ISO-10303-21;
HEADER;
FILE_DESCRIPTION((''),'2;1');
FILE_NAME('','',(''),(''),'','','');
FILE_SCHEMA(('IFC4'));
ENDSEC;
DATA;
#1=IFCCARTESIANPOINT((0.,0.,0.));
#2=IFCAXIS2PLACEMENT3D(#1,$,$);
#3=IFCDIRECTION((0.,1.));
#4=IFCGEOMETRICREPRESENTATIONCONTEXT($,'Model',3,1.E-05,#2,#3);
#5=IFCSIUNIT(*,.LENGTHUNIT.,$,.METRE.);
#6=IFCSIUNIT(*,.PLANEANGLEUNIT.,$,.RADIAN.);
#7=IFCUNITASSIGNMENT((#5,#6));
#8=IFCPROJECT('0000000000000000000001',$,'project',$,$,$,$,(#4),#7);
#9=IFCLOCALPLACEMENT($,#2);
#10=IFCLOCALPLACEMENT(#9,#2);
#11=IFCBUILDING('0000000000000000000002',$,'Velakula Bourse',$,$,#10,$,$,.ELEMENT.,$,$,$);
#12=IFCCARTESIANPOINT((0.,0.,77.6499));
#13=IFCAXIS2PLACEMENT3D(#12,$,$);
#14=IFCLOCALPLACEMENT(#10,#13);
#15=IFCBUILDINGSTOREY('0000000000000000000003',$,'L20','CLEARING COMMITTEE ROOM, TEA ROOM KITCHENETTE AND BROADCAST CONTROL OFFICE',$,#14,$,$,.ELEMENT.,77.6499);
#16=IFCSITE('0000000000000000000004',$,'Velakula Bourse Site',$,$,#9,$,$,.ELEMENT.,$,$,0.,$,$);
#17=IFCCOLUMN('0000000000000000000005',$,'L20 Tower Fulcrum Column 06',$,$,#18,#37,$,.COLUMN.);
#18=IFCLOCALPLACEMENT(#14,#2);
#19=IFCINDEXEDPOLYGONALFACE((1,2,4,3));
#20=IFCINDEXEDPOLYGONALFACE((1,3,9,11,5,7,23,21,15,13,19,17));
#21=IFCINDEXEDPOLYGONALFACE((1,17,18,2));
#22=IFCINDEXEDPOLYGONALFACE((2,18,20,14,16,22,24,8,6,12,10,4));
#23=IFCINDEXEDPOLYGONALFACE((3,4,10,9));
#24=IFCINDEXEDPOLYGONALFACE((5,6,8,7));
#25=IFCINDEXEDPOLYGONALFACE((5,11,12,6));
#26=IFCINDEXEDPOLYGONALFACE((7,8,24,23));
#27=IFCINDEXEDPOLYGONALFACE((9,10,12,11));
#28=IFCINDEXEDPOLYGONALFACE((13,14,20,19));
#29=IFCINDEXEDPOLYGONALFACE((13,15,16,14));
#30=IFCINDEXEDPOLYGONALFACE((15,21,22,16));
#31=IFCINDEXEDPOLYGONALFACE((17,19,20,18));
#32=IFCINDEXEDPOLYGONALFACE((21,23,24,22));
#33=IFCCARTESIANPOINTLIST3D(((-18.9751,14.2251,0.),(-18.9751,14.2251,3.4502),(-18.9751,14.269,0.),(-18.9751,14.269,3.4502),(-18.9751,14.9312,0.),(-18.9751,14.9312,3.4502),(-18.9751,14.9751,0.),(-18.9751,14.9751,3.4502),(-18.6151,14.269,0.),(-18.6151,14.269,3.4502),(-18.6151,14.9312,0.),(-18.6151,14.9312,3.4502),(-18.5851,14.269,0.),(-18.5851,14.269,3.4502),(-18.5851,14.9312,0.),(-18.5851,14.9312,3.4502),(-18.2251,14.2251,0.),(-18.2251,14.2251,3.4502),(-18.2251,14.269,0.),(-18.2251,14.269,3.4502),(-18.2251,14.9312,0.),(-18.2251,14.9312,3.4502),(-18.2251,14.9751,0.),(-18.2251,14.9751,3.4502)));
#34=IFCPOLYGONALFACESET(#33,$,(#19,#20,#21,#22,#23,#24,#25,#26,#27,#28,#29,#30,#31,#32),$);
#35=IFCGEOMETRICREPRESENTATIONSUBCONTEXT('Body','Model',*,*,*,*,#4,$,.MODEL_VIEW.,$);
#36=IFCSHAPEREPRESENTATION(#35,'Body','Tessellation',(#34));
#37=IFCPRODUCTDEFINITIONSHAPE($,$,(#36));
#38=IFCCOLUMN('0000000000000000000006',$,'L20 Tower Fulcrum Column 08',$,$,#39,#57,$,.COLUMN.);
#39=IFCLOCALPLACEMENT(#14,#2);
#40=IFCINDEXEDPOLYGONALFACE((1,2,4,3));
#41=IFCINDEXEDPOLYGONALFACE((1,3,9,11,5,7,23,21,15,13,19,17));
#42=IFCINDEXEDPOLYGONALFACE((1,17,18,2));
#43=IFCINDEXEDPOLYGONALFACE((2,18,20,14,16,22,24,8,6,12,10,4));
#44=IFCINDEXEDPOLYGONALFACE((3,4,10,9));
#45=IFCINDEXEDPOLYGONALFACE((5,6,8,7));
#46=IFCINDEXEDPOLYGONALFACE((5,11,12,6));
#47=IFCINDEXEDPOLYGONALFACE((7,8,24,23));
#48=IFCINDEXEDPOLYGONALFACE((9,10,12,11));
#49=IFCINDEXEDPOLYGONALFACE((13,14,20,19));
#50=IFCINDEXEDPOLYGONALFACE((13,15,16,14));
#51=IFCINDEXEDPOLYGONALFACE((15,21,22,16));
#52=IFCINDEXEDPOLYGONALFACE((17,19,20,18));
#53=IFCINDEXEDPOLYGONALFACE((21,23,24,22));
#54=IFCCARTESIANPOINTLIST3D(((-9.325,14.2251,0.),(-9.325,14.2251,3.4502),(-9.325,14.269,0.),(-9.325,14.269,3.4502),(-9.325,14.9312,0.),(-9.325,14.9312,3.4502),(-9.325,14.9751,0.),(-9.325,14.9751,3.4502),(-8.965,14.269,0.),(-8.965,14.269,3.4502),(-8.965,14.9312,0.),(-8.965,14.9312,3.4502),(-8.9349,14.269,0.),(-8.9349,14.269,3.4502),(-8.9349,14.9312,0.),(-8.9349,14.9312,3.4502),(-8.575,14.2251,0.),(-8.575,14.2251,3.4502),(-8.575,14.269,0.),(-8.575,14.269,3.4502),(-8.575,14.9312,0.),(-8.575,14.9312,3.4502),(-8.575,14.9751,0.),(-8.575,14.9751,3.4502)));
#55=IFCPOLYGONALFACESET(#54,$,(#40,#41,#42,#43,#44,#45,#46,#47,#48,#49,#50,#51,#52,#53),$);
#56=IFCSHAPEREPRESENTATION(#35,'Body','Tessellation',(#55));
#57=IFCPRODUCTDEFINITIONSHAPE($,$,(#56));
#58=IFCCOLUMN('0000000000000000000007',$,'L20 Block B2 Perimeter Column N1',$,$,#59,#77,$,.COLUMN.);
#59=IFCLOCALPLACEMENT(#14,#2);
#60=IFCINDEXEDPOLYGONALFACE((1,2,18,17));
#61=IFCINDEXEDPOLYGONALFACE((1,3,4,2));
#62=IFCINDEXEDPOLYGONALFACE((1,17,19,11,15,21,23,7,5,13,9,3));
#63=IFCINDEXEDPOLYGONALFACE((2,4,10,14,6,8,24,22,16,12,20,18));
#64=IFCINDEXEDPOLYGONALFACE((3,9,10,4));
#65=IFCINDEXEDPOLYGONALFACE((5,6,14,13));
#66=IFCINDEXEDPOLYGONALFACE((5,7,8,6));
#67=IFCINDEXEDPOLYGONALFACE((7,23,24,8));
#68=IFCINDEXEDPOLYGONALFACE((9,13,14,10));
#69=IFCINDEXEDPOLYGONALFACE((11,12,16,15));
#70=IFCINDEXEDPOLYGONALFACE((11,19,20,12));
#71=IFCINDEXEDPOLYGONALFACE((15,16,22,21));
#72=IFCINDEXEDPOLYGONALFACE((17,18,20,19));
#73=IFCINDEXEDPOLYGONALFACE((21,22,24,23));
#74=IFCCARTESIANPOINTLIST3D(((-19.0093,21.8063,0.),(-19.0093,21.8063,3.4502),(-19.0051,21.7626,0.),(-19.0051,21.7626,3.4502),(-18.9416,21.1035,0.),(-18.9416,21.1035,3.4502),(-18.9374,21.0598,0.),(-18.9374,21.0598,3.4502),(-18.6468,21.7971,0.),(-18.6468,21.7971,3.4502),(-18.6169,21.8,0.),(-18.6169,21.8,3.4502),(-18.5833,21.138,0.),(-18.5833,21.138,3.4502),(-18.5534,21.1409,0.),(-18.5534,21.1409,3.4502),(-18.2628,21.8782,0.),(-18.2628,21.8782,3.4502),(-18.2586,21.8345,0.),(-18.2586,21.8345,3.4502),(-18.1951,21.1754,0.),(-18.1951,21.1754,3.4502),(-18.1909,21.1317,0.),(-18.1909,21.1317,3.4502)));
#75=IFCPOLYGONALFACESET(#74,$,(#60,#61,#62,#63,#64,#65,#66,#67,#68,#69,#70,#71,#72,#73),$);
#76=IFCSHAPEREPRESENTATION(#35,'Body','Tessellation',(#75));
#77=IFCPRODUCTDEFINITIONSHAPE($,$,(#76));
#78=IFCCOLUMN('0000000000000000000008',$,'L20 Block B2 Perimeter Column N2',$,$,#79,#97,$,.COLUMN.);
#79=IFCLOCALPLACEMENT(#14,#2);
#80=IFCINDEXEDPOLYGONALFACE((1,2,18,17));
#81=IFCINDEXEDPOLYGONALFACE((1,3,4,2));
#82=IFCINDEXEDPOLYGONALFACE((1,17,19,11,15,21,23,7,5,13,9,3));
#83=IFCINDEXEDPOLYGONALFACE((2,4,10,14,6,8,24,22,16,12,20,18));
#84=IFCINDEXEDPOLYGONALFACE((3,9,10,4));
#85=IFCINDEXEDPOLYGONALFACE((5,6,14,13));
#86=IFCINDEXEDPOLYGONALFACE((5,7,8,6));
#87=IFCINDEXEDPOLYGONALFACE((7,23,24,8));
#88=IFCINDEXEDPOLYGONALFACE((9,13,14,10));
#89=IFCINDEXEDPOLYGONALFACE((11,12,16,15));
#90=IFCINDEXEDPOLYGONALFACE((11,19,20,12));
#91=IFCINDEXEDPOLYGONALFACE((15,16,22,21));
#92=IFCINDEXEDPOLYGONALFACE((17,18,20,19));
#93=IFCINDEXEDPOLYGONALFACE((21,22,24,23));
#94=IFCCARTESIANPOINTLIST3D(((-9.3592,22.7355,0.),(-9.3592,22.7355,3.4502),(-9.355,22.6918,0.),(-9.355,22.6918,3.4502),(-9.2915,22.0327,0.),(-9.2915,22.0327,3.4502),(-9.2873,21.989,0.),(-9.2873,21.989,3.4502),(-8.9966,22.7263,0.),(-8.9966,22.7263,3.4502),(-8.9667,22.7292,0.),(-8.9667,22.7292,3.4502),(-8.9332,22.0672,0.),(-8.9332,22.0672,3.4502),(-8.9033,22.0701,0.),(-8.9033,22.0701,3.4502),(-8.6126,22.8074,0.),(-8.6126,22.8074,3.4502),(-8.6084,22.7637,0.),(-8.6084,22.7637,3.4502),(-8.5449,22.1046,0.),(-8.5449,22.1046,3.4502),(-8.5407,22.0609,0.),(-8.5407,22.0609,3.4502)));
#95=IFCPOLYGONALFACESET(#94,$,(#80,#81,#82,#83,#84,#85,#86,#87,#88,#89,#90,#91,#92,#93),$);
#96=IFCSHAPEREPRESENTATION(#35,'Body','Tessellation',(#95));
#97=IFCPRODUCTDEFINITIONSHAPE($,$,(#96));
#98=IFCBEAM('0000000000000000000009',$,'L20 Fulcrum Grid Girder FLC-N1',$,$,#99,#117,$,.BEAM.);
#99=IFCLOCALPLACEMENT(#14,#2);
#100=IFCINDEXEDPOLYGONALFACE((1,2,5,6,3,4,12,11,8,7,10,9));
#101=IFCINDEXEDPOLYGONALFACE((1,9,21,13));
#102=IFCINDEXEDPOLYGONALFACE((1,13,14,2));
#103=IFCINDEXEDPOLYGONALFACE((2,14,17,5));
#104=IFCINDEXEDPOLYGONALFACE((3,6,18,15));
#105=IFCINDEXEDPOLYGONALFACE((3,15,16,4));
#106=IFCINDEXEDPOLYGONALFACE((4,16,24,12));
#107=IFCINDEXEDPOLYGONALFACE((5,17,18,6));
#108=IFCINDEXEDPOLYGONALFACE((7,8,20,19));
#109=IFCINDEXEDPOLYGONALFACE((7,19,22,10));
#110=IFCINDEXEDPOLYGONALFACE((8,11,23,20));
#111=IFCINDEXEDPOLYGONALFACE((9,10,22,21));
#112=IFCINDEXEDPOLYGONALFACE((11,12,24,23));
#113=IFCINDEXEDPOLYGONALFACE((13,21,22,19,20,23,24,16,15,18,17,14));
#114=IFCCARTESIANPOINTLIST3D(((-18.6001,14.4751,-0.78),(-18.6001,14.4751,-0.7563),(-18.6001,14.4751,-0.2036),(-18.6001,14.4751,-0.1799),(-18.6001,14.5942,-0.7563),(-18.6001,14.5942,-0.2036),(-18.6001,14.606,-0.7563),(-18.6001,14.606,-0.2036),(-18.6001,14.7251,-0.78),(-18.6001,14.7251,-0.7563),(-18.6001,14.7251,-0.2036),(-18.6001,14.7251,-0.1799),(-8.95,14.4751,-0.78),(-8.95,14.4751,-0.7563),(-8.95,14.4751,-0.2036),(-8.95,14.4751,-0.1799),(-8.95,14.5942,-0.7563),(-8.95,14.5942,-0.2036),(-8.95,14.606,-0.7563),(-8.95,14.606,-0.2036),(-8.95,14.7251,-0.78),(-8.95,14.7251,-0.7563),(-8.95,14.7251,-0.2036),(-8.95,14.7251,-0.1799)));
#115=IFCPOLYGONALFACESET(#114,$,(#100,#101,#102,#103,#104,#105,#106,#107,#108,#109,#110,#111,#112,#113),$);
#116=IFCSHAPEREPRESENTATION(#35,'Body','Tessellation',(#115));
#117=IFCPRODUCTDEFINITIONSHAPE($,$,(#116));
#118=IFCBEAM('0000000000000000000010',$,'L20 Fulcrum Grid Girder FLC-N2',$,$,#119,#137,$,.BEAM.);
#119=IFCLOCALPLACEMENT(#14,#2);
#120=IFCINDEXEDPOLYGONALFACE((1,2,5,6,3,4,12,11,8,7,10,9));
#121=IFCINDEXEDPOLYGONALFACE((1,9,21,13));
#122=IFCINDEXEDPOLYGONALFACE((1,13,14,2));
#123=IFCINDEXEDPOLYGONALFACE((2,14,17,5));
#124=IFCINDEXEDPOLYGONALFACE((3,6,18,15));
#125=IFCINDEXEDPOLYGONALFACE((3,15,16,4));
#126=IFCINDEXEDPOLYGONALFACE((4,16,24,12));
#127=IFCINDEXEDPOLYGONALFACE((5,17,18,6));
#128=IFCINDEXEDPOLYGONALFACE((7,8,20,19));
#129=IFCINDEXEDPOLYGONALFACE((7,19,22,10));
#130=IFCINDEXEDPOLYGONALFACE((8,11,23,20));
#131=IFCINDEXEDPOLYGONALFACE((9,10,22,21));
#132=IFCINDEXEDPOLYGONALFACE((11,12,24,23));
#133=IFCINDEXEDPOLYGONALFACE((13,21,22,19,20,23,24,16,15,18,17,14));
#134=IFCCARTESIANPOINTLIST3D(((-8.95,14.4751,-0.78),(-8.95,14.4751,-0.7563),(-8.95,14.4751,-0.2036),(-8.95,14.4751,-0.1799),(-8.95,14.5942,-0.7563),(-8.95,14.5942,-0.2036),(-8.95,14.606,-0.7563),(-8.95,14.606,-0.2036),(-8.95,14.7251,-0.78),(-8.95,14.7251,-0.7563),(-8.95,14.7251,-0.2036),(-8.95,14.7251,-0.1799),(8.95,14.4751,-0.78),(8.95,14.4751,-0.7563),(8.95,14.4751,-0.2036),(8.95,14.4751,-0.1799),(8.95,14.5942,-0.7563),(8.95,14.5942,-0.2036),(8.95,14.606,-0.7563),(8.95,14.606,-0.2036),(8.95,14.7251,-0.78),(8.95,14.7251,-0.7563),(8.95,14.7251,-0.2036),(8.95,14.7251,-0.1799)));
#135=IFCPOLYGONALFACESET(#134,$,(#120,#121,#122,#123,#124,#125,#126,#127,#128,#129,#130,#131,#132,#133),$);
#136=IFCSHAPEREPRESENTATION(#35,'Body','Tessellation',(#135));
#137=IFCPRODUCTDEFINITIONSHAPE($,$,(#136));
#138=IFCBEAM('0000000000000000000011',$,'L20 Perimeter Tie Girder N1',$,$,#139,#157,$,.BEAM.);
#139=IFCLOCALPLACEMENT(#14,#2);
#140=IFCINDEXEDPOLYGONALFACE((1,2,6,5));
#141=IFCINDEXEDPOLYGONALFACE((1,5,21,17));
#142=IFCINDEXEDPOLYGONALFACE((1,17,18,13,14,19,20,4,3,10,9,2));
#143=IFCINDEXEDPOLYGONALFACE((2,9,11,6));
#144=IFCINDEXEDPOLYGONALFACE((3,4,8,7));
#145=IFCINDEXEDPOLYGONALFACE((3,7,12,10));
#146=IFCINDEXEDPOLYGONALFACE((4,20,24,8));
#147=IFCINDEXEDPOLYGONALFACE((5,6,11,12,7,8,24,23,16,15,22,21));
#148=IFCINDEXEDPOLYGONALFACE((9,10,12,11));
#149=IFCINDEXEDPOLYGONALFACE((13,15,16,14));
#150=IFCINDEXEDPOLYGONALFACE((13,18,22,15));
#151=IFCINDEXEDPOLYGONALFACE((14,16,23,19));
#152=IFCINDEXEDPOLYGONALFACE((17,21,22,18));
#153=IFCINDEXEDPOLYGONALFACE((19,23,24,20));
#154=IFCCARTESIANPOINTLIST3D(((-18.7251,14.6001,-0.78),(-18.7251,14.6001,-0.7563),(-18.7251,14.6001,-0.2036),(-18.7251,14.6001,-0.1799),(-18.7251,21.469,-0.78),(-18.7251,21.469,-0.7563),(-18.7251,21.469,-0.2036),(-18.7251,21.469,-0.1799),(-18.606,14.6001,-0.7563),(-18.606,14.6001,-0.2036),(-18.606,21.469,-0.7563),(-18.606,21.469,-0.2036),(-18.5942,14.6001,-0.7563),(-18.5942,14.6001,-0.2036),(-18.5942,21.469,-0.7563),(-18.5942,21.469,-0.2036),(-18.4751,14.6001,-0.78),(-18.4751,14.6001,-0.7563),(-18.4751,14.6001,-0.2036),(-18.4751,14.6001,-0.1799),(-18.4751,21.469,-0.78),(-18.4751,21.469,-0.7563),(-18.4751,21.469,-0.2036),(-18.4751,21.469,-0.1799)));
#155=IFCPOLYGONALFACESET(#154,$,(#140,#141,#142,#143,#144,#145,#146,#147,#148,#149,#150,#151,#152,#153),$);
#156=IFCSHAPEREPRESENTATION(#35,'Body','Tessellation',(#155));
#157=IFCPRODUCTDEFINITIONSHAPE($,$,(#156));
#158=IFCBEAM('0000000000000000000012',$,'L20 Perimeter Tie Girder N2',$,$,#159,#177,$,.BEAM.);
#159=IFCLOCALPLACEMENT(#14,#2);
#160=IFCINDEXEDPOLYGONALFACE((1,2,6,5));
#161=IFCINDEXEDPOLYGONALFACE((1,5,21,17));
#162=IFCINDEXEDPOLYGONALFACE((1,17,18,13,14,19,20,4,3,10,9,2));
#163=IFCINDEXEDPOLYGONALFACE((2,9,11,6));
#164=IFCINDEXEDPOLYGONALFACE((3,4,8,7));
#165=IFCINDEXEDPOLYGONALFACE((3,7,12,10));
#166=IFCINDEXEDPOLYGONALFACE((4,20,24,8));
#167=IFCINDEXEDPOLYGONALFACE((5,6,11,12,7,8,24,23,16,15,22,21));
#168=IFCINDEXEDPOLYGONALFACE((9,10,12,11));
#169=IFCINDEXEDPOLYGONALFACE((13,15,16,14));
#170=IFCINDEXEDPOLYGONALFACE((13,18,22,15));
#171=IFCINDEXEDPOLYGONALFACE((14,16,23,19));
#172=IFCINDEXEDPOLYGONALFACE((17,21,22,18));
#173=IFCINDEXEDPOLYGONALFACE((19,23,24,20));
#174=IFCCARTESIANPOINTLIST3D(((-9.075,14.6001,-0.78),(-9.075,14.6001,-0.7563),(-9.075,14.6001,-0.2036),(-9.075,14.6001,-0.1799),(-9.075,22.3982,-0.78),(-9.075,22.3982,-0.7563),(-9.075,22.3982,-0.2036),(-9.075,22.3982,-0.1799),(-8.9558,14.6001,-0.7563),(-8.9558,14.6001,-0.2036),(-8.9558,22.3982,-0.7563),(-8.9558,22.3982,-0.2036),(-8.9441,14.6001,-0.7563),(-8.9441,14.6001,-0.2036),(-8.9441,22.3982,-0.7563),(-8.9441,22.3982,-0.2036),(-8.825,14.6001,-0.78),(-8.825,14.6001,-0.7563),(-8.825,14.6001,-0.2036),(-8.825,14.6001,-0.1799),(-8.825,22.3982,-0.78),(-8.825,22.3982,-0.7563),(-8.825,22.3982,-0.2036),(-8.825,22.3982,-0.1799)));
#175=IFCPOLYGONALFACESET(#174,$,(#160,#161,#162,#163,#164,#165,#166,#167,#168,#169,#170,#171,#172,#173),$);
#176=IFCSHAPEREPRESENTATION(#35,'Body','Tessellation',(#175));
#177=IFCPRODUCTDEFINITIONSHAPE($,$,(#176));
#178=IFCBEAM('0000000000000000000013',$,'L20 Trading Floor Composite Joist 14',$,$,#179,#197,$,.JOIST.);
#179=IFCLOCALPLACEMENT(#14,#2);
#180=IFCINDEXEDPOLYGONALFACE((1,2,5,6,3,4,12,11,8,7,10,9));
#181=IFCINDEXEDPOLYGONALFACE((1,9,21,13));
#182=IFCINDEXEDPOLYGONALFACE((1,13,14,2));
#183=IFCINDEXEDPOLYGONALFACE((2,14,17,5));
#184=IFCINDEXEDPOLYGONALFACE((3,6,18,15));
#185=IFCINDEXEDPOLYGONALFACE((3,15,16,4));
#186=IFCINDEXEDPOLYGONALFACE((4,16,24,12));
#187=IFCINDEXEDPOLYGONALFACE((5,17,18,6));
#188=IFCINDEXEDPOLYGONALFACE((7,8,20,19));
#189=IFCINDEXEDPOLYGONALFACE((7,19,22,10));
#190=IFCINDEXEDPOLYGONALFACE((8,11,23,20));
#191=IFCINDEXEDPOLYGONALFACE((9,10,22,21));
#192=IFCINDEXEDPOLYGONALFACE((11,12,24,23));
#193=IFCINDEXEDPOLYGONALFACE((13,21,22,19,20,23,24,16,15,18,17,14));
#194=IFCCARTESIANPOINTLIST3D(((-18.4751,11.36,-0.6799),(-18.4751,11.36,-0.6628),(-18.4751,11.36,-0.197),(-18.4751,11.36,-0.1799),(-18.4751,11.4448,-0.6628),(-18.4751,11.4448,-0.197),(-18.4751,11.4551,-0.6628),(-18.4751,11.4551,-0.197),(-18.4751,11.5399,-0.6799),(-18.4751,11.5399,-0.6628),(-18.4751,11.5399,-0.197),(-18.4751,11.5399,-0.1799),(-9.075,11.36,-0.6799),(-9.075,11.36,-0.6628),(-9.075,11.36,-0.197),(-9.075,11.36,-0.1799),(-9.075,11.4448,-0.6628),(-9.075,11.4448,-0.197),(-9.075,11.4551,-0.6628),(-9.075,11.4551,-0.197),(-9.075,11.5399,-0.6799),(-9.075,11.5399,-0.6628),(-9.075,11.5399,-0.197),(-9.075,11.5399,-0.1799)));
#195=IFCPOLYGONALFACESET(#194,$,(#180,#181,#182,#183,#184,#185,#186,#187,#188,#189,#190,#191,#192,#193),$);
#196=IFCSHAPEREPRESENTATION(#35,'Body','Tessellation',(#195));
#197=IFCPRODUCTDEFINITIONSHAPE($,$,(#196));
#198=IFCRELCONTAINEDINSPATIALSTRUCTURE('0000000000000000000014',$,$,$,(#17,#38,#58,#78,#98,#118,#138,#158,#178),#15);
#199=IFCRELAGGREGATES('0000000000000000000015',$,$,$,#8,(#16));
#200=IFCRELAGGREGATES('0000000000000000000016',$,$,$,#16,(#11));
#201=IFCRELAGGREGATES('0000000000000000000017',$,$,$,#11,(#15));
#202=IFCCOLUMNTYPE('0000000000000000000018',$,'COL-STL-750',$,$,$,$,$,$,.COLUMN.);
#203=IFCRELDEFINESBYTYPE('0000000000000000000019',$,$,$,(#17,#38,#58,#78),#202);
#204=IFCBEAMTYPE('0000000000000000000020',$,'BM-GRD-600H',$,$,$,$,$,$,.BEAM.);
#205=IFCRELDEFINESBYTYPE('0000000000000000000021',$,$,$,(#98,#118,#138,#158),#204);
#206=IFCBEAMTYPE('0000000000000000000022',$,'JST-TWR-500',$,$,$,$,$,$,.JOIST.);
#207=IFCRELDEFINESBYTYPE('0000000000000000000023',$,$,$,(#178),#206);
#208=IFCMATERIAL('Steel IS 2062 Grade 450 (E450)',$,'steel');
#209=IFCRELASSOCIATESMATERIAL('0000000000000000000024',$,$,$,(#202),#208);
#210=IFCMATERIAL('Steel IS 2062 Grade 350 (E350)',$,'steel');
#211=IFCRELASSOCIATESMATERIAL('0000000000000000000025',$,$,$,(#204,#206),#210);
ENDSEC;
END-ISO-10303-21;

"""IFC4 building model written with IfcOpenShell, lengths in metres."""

from ifc_helpers import new_model, si_unit, direction, frame, origin, origin_2d, place, context, subcontext, project, spatial, i_section, extrude, material, material_profile, profile_set, type_object, element, save


model = new_model("IFC4")

# Units and contexts
model_context = context("Model", 3, precision=1e-05, world=origin(), true_north=direction((0.0, 1.0)))
body_context = subcontext(model_context, "Body", "Model", "MODEL_VIEW")
ifc_project = project(units=[si_unit("LENGTHUNIT", "METRE"), si_unit("PLANEANGLEUNIT", "RADIAN")], contexts=[model_context])

# Site, building, storey
site_placement = place(None, origin())
site = spatial("IfcSite", under=ifc_project, at=site_placement, Name="Velakula Bourse Site", CompositionType="ELEMENT", RefElevation=0.0)
building_placement = place(site_placement, origin())
building = spatial("IfcBuilding", under=site, at=building_placement, Name="Velakula Bourse", CompositionType="ELEMENT")
storey_placement = place(building_placement, frame((0.0, 0.0, 77.6499)))
storey = spatial("IfcBuildingStorey", under=building, at=storey_placement, Name="L20", Description="CLEARING COMMITTEE ROOM, TEA ROOM KITCHENETTE AND BROADCAST CONTROL OFFICE", CompositionType="ELEMENT", Elevation=77.6499)

# Columns
ifc_material_1 = material(Name="Steel IS 2062 Grade 450 (E450)", Category="steel")
ifc_material_profile_1 = material_profile(ifc_material_1, i_section(OverallWidth=0.75, OverallDepth=0.75, WebThickness=0.03, FlangeThickness=0.0439, at=origin_2d()), Name="Steel IS 2062 Grade 450 (E450)")
ifc_profile_set_1 = profile_set([ifc_material_profile_1], Name="Steel IS 2062 Grade 450 (E450)")
column_type = type_object("IfcColumnType", Name="COL-STL-750", PredefinedType="COLUMN", material=ifc_profile_set_1)
for number, where, z_axis, x_axis, name in (
    (1, (-18.6001, 14.6001, 0.0), (0.0, 0.0, 1.0), (1.0, 0.0, 0.0), "L20 Tower Fulcrum Column 06"),
    (2, (-8.95, 14.6001, 0.0), (0.0, 0.0, 1.0), (1.0, 0.0, 0.0), "L20 Tower Fulcrum Column 08"),
    (3, (-18.6001, 21.469, 0.0), (0.0, 0.0, 1.0), (0.995396, 0.095846, 0.0), "L20 Block B2 Perimeter Column N1"),
    (4, (-8.95, 22.3982, 0.0), (0.0, 0.0, 1.0), (0.995396, 0.095846, 0.0), "L20 Block B2 Perimeter Column N2"),
):
    element("IfcColumn", number, at=place(storey_placement, frame(where, z_axis=z_axis, x_axis=x_axis)), inside=storey, type_object=column_type, Name=name, PredefinedType="COLUMN", context=body_context, shape_type="SweptSolid", body=[
        extrude(i_section(OverallWidth=0.75, OverallDepth=0.75, WebThickness=0.03, FlangeThickness=0.0439, at=origin_2d()), origin(), (0.0, 0.0, 1.0), 3.4502),
    ])

# Beams
ifc_material_2 = material(Name="Steel IS 2062 Grade 350 (E350)", Category="steel")
ifc_material_profile_2 = material_profile(ifc_material_2, i_section(OverallWidth=0.25, OverallDepth=0.6001, WebThickness=0.0117, FlangeThickness=0.0237, at=origin_2d()), Name="Steel IS 2062 Grade 350 (E350)")
ifc_profile_set_2 = profile_set([ifc_material_profile_2], Name="Steel IS 2062 Grade 350 (E350)")
beam_type_1 = type_object("IfcBeamType", Name="BM-GRD-600H", PredefinedType="BEAM", material=ifc_profile_set_2)
beam_1_placement = place(storey_placement, frame((-18.6001, 14.6001, -0.48), z_axis=(1.0, 0.0, 0.0), x_axis=(0.0, 1.0, 0.0)))
element("IfcBeam", 5, at=beam_1_placement, inside=storey, type_object=beam_type_1, Name="L20 Fulcrum Grid Girder FLC-N1", PredefinedType="BEAM", context=body_context, shape_type="SweptSolid", body=[
    extrude(i_section(OverallWidth=0.25, OverallDepth=0.6001, WebThickness=0.0117, FlangeThickness=0.0237, at=origin_2d()), origin(), (0.0, 0.0, 1.0), 9.6501),
])
beam_2_placement = place(storey_placement, frame((-8.95, 14.6001, -0.48), z_axis=(1.0, 0.0, 0.0), x_axis=(0.0, 1.0, 0.0)))
element("IfcBeam", 6, at=beam_2_placement, inside=storey, type_object=beam_type_1, Name="L20 Fulcrum Grid Girder FLC-N2", PredefinedType="BEAM", context=body_context, shape_type="SweptSolid", body=[
    extrude(i_section(OverallWidth=0.25, OverallDepth=0.6001, WebThickness=0.0117, FlangeThickness=0.0237, at=origin_2d()), origin(), (0.0, 0.0, 1.0), 17.8999),
])
beam_3_placement = place(storey_placement, frame((-18.6001, 14.6001, -0.48), z_axis=(0.0, 1.0, 0.0), x_axis=(-1.0, 0.0, 0.0)))
element("IfcBeam", 7, at=beam_3_placement, inside=storey, type_object=beam_type_1, Name="L20 Perimeter Tie Girder N1", PredefinedType="BEAM", context=body_context, shape_type="SweptSolid", body=[
    extrude(i_section(OverallWidth=0.25, OverallDepth=0.6001, WebThickness=0.0117, FlangeThickness=0.0237, at=origin_2d()), origin(), (0.0, 0.0, 1.0), 6.8689),
])
beam_4_placement = place(storey_placement, frame((-8.95, 14.6001, -0.48), z_axis=(0.0, 1.0, 0.0), x_axis=(-1.0, 0.0, 0.0)))
element("IfcBeam", 8, at=beam_4_placement, inside=storey, type_object=beam_type_1, Name="L20 Perimeter Tie Girder N2", PredefinedType="BEAM", context=body_context, shape_type="SweptSolid", body=[
    extrude(i_section(OverallWidth=0.25, OverallDepth=0.6001, WebThickness=0.0117, FlangeThickness=0.0237, at=origin_2d()), origin(), (0.0, 0.0, 1.0), 7.7981),
])
ifc_material_profile_3 = material_profile(ifc_material_2, i_section(OverallWidth=0.1799, OverallDepth=0.5, WebThickness=0.0103, FlangeThickness=0.0171, at=origin_2d()), Name="Steel IS 2062 Grade 350 (E350)")
ifc_profile_set_3 = profile_set([ifc_material_profile_3], Name="Steel IS 2062 Grade 350 (E350)")
beam_type_2 = type_object("IfcBeamType", Name="JST-TWR-500", PredefinedType="JOIST", material=ifc_profile_set_3)
beam_5_placement = place(storey_placement, frame((-18.4751, 11.45, -0.4299), z_axis=(1.0, 0.0, 0.0), x_axis=(0.0, 1.0, 0.0)))
element("IfcBeam", 9, at=beam_5_placement, inside=storey, type_object=beam_type_2, Name="L20 Trading Floor Composite Joist 14", PredefinedType="JOIST", context=body_context, shape_type="SweptSolid", body=[
    extrude(i_section(OverallWidth=0.1799, OverallDepth=0.5, WebThickness=0.0103, FlangeThickness=0.0171, at=origin_2d()), origin(), (0.0, 0.0, 1.0), 9.4001),
])

save(model, "model.ifc")
